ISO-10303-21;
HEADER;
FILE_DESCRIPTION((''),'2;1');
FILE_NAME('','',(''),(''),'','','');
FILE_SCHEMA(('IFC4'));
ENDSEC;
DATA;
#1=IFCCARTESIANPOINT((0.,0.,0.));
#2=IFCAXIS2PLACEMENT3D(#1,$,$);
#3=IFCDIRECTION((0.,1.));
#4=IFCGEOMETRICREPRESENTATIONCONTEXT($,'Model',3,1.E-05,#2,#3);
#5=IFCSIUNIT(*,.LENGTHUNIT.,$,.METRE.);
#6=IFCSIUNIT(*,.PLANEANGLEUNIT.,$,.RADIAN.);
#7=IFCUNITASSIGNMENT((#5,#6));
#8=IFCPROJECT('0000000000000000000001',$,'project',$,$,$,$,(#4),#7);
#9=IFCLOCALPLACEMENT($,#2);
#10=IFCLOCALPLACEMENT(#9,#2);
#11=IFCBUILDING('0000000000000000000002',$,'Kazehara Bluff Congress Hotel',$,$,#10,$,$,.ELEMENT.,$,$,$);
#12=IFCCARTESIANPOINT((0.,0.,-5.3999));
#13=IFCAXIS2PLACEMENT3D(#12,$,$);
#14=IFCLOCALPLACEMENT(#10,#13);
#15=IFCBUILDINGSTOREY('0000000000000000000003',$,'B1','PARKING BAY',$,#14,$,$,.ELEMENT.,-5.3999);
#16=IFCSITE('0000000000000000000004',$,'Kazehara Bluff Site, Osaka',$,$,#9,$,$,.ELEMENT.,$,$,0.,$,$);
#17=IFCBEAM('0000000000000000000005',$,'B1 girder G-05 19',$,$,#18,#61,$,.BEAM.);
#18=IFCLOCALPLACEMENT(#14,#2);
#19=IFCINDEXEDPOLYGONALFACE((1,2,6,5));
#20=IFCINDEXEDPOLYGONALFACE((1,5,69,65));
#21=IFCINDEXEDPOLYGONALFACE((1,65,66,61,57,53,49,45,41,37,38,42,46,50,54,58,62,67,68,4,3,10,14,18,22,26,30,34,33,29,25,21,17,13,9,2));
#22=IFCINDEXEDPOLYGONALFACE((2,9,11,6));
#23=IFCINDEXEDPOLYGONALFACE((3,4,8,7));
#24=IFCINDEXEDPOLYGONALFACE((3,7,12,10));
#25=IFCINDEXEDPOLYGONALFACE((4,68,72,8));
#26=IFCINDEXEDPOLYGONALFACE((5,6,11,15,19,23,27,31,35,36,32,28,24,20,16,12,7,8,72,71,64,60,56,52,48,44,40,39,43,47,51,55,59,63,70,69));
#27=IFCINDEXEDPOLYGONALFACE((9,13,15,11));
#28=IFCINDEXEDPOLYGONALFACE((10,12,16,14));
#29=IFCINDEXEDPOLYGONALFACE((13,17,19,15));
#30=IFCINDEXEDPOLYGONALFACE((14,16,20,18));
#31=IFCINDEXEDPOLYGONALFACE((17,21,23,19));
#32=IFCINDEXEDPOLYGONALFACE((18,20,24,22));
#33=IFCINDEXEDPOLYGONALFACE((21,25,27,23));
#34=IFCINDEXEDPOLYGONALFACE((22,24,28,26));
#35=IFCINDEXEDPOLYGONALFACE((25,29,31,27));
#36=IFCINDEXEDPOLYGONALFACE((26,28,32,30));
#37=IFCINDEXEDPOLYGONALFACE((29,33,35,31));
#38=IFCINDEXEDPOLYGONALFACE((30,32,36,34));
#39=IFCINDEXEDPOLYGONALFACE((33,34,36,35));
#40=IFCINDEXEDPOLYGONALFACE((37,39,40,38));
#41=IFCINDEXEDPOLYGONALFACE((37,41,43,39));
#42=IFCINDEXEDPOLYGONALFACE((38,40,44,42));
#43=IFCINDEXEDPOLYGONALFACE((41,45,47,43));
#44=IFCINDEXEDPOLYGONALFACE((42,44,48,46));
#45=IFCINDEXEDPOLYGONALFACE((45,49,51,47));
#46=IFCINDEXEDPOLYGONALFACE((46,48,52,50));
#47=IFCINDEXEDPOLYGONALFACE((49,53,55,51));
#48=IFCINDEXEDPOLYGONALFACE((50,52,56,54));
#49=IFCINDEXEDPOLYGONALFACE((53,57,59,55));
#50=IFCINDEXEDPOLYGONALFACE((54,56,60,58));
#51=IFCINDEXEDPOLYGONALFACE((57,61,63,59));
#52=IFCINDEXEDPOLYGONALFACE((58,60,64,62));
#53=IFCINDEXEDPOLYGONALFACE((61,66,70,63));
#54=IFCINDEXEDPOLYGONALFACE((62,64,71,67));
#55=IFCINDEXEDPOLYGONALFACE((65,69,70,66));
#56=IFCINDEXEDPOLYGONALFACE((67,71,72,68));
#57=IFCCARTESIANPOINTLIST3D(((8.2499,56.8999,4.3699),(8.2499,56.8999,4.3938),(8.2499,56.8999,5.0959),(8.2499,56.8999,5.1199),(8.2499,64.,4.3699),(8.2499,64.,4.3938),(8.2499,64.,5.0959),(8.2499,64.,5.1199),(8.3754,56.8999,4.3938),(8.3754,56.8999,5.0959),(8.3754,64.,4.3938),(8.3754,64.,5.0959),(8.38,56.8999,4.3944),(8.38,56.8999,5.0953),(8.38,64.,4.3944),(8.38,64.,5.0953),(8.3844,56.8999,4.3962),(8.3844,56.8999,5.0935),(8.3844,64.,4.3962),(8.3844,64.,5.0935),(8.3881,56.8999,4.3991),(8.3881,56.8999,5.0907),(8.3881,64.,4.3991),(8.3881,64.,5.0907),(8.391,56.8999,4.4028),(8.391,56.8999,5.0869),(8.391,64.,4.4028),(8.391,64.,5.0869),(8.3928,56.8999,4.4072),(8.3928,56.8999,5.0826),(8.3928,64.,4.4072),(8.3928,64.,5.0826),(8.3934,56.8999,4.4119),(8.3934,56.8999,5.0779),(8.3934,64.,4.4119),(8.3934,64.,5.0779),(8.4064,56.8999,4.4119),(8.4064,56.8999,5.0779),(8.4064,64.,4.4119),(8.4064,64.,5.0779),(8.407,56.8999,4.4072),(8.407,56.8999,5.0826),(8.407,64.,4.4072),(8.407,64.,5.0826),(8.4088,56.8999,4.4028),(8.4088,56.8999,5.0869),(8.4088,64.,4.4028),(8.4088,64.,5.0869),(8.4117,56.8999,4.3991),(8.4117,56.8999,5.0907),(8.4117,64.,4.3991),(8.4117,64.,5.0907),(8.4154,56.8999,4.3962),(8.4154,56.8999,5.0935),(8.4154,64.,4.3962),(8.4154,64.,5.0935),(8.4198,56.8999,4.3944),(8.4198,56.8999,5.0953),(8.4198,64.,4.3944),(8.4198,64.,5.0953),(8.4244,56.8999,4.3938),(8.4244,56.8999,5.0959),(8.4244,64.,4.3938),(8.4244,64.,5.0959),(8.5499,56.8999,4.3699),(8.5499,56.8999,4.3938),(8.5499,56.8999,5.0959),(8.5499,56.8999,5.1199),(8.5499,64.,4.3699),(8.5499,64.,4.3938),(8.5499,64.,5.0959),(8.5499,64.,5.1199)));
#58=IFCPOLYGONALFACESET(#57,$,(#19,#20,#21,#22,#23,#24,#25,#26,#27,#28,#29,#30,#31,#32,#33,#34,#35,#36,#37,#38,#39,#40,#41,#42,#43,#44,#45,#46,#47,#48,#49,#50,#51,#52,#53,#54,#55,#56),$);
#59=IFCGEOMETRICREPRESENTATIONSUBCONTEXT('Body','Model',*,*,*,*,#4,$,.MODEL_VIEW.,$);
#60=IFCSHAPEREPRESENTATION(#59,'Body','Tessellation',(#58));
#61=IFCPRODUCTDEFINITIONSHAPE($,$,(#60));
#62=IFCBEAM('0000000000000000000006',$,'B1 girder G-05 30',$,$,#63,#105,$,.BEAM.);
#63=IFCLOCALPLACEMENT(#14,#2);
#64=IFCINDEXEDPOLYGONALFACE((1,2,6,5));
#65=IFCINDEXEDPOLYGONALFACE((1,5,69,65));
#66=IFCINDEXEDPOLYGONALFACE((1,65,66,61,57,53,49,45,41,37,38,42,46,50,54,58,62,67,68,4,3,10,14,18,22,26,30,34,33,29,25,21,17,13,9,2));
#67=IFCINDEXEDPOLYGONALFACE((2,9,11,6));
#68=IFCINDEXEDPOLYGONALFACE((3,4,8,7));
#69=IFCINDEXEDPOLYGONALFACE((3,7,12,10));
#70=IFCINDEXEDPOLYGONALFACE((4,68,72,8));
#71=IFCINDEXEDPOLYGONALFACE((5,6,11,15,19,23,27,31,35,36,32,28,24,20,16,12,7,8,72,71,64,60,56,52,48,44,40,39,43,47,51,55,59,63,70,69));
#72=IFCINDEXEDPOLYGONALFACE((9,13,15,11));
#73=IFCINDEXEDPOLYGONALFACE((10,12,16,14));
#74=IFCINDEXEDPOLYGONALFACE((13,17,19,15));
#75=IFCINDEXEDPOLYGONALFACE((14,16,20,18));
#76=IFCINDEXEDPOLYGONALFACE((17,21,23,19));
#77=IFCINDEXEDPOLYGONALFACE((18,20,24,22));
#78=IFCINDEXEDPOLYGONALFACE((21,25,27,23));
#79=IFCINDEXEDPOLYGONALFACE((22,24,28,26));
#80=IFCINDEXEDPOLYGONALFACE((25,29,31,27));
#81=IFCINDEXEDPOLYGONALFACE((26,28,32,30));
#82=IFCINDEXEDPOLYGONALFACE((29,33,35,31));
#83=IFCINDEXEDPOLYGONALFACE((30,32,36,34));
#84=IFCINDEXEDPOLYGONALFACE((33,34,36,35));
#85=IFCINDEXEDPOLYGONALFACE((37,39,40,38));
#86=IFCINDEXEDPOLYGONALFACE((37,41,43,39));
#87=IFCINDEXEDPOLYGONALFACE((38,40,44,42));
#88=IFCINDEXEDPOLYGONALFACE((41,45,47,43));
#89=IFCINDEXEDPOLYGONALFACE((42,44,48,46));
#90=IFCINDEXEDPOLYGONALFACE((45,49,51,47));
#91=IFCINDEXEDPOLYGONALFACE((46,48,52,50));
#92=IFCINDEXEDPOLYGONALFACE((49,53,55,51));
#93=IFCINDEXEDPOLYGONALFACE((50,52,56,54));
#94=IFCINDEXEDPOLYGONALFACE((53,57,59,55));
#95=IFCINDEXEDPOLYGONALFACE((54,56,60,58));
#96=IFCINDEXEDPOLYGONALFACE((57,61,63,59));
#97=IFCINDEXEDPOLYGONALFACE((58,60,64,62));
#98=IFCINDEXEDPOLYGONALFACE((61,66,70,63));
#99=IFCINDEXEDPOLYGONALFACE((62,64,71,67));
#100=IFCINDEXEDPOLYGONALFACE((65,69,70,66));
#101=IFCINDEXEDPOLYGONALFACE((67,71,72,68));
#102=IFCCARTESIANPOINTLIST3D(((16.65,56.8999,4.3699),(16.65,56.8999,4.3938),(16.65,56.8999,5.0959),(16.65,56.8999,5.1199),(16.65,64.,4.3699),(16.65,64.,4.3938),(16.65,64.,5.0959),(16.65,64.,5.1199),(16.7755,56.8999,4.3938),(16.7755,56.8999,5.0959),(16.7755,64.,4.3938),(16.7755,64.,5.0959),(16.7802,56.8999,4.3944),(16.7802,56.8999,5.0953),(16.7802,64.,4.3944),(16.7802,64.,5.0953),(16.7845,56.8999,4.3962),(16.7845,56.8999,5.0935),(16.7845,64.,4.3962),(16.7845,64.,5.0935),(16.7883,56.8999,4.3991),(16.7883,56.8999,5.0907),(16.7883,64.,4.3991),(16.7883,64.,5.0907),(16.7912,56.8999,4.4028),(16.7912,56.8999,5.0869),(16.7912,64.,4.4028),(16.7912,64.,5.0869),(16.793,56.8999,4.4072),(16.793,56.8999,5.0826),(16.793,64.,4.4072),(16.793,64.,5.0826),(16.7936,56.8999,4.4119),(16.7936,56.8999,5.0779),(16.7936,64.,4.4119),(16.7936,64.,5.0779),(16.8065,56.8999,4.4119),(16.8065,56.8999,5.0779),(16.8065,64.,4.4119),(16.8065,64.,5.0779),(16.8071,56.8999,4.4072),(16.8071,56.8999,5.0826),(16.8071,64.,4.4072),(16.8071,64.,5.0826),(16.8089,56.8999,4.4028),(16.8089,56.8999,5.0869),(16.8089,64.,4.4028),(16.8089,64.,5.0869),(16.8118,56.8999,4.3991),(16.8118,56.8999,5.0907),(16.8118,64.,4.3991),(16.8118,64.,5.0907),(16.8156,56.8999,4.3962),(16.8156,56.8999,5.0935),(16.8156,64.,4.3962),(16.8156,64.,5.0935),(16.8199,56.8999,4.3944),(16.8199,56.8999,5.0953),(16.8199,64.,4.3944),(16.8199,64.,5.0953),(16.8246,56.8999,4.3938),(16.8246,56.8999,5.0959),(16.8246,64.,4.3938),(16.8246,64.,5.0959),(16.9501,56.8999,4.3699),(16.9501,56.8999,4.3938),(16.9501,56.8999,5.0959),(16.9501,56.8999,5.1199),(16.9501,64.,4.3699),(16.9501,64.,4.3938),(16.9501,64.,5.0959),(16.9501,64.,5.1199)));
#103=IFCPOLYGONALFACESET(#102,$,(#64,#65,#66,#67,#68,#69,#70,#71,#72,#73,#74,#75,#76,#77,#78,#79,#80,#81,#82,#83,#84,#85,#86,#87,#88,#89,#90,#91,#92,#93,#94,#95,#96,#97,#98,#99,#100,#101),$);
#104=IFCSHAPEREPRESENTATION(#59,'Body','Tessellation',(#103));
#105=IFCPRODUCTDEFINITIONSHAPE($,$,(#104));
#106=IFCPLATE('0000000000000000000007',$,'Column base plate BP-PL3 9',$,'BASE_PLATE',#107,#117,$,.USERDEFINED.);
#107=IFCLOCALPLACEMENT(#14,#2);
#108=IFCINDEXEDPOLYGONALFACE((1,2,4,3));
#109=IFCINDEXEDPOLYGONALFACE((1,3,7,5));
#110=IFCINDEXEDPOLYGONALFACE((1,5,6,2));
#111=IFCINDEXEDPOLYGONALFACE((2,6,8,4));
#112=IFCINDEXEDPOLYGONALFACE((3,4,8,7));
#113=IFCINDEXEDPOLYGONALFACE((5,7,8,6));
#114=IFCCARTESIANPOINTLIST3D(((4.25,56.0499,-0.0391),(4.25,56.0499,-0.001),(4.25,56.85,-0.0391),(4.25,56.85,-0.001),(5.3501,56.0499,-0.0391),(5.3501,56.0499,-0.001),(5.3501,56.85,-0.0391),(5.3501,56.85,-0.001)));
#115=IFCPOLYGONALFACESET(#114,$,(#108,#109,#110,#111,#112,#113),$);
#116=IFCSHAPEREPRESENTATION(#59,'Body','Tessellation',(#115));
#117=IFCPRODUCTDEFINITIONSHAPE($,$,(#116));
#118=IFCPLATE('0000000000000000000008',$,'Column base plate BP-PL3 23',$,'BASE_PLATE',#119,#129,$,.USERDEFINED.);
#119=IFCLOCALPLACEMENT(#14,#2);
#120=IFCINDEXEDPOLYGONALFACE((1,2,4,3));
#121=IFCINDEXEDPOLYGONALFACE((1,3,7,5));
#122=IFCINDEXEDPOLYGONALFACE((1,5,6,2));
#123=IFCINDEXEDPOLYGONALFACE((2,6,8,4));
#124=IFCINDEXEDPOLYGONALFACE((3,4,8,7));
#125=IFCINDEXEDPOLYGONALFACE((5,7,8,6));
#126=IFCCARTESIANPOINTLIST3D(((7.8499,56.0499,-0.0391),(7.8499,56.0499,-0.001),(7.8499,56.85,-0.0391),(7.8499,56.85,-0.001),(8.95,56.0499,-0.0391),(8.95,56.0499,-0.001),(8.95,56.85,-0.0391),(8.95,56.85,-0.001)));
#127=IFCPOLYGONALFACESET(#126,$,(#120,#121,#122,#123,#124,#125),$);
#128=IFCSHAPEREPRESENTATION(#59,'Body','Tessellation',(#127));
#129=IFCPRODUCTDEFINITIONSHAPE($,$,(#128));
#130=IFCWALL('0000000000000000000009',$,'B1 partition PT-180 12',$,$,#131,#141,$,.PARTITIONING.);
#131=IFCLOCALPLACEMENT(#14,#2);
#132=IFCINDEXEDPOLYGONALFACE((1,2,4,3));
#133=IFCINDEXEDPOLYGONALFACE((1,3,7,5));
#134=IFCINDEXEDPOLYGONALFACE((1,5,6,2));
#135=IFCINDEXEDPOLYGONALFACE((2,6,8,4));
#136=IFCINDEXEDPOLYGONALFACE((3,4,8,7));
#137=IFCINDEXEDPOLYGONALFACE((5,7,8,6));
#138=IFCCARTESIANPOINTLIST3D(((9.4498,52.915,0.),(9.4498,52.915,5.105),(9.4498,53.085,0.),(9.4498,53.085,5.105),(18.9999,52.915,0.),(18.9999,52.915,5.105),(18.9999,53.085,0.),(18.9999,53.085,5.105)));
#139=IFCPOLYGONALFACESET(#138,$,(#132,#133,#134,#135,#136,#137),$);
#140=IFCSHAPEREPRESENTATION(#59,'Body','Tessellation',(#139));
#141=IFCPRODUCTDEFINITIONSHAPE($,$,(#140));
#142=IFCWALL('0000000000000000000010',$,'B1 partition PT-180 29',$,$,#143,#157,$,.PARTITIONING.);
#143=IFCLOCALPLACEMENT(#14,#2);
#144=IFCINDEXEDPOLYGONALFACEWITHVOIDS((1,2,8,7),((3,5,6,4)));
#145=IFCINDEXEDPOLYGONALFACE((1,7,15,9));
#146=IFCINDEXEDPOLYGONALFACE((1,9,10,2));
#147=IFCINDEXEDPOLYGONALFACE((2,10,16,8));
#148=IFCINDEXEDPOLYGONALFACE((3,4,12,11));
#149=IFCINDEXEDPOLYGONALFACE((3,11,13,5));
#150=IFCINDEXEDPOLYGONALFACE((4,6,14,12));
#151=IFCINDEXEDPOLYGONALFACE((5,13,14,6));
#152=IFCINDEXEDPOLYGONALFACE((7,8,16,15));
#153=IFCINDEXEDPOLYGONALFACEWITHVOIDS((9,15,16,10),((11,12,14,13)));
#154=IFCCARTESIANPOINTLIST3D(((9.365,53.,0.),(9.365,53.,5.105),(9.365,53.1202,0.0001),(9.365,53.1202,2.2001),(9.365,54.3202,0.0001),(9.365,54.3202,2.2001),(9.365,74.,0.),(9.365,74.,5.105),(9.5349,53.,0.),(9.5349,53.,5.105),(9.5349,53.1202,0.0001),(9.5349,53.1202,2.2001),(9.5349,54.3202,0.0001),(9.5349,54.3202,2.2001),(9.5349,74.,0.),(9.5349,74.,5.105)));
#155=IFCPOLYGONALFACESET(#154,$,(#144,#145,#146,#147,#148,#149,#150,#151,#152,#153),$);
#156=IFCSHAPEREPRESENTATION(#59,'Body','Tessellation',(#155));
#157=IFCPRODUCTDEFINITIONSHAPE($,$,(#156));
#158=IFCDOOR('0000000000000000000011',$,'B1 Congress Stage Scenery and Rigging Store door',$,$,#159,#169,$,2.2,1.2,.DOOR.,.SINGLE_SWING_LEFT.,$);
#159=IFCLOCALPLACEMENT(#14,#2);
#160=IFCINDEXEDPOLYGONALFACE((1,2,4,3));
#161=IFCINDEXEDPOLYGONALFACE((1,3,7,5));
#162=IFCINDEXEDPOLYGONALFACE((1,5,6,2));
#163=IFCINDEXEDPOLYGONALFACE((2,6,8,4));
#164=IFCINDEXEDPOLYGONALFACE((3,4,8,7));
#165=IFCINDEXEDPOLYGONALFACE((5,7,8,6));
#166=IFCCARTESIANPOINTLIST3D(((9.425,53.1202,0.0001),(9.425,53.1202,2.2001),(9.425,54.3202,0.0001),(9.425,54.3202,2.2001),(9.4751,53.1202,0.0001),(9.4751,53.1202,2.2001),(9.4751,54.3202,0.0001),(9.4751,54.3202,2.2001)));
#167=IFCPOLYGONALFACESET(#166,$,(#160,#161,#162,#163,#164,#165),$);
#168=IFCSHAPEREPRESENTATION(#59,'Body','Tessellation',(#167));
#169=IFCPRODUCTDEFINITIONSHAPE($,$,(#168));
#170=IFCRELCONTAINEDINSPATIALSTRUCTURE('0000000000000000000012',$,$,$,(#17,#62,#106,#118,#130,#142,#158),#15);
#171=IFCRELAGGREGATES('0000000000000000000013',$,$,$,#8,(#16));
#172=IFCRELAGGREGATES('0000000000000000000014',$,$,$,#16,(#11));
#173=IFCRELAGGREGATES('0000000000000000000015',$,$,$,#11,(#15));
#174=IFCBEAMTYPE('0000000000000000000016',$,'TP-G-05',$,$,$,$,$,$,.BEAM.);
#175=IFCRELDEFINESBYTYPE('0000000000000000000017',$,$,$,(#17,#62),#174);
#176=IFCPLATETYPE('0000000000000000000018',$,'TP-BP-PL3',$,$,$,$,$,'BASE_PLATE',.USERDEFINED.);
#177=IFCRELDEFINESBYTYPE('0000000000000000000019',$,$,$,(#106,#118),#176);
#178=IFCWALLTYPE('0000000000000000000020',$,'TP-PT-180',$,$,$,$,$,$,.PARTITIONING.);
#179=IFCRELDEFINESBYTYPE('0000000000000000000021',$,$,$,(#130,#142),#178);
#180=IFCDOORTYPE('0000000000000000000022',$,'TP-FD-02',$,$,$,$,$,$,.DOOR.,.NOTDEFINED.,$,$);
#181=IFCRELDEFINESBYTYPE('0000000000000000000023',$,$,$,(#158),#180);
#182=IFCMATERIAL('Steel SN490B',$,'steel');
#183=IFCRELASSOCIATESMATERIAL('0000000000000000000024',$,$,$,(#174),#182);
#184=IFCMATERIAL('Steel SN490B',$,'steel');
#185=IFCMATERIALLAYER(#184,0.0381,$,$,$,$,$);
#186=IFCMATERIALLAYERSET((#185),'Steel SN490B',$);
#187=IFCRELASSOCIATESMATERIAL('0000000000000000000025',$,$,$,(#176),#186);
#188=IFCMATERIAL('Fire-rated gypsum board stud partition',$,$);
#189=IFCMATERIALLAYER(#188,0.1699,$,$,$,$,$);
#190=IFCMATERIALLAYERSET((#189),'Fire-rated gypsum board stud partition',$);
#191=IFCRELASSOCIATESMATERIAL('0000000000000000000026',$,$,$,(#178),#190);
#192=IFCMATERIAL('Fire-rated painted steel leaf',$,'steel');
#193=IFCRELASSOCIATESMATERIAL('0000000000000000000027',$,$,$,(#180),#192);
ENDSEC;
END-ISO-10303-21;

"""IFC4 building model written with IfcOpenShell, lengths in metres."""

from ifc_helpers import new_model, si_unit, direction, frame, frame_2d, origin, origin_2d, place, context, subcontext, project, spatial, rectangle, i_section, extrude, material, layer, layer_set, material_profile, profile_set, type_object, element, fill, save


model = new_model("IFC4")

# Units and contexts
model_context = context("Model", 3, precision=1e-05, world=origin(), true_north=direction((0.0, 1.0)))
body_context = subcontext(model_context, "Body", "Model", "MODEL_VIEW")
ifc_project = project(units=[si_unit("LENGTHUNIT", "METRE"), si_unit("PLANEANGLEUNIT", "RADIAN")], contexts=[model_context])

# Site, building, storey
site_placement = place(None, origin())
site = spatial("IfcSite", under=ifc_project, at=site_placement, Name="Kazehara Bluff Site, Osaka", CompositionType="ELEMENT", RefElevation=0.0)
building_placement = place(site_placement, origin())
building = spatial("IfcBuilding", under=site, at=building_placement, Name="Kazehara Bluff Congress Hotel", CompositionType="ELEMENT")
storey_placement = place(building_placement, frame((0.0, 0.0, -5.3999)))
storey = spatial("IfcBuildingStorey", under=building, at=storey_placement, Name="B1", Description="PARKING BAY", CompositionType="ELEMENT", Elevation=-5.3999)

# Beams
ifc_material_1 = material(Name="Steel SN490B", Category="steel")
ifc_material_profile_1 = material_profile(ifc_material_1, i_section(OverallWidth=0.3, OverallDepth=0.75, WebThickness=0.0129, FlangeThickness=0.0239, FilletRadius=0.0181, at=origin_2d()))
ifc_profile_set_1 = profile_set([ifc_material_profile_1], Name="Steel SN490B")
beam_type_1 = type_object("IfcBeamType", Name="TP-G-05", PredefinedType="BEAM", material=ifc_profile_set_1)
for number, where, z_axis, x_axis, name in (
    (1, (8.3999, 56.8999, 4.7449), (0.0, 1.0, 0.0), (-1.0, 0.0, 0.0), "B1 girder G-05 19"),
    (2, (16.8, 56.8999, 4.7449), (0.0, 1.0, 0.0), (-1.0, 0.0, 0.0), "B1 girder G-05 30"),
):
    element("IfcBeam", number, at=place(storey_placement, frame(where, z_axis=z_axis, x_axis=x_axis)), inside=storey, type_object=beam_type_1, Name=name, PredefinedType="BEAM", context=body_context, shape_type="SweptSolid", body=[
        extrude(i_section(OverallWidth=0.3, OverallDepth=0.75, WebThickness=0.0129, FlangeThickness=0.0239, FilletRadius=0.0181, at=origin_2d()), origin(), (0.0, 0.0, 1.0), 7.1001),
    ])

# Plates
ifc_material_2 = material(Name="Steel SN490B", Category="steel")
ifc_layer_1 = layer(ifc_material_2, 0.0381)
ifc_layer_set_1 = layer_set([ifc_layer_1], Name="Steel SN490B")
plate_type = type_object("IfcPlateType", Name="TP-BP-PL3", ElementType="BASE_PLATE", PredefinedType="USERDEFINED", material=ifc_layer_set_1)
for number, where, z_axis, x_axis, name in (
    (3, (4.8, 56.45, -0.0391), (0.0, 0.0, 1.0), (1.0, 0.0, 0.0), "Column base plate BP-PL3 9"),
    (4, (8.3999, 56.45, -0.0391), (0.0, 0.0, 1.0), (1.0, 0.0, 0.0), "Column base plate BP-PL3 23"),
):
    element("IfcPlate", number, at=place(storey_placement, frame(where, z_axis=z_axis, x_axis=x_axis)), inside=storey, type_object=plate_type, Name=name, ObjectType="BASE_PLATE", PredefinedType="USERDEFINED", context=body_context, shape_type="SweptSolid", body=[
        extrude(rectangle(XDim=1.1001, YDim=0.8, at=origin_2d()), origin(), (0.0, 0.0, 1.0), 0.0381),
    ])

# Wall
ifc_material_3 = material(Name="Fire-rated gypsum board stud partition")
ifc_layer_2 = layer(ifc_material_3, 0.1699)
ifc_layer_set_2 = layer_set([ifc_layer_2], Name="Fire-rated gypsum board stud partition")
wall_type = type_object("IfcWallType", Name="TP-PT-180", PredefinedType="PARTITIONING", material=ifc_layer_set_2)
wall_1_placement = place(storey_placement, frame((9.45, 53.0, 0.0), z_axis=(0.0, 0.0, 1.0), x_axis=(1.0, 0.0, 0.0)))
element("IfcWall", 5, at=wall_1_placement, inside=storey, type_object=wall_type, Name="B1 partition PT-180 12", PredefinedType="PARTITIONING", context=body_context, shape_type="SweptSolid", body=[
    extrude(rectangle(XDim=9.55, YDim=0.1699, at=frame_2d((4.7749, 0.0))), origin(), (0.0, 0.0, 1.0), 5.105),
])

# Wall, opening, door
wall_2_placement = place(storey_placement, frame((9.45, 53.0, 0.0), z_axis=(0.0, 0.0, 1.0), x_axis=(0.0, 1.0, 0.0)))
wall_2 = element("IfcWall", 6, at=wall_2_placement, inside=storey, type_object=wall_type, Name="B1 partition PT-180 29", PredefinedType="PARTITIONING", context=body_context, shape_type="SweptSolid", body=[
    extrude(rectangle(XDim=21.0, YDim=0.1699, at=frame_2d((10.5, 0.0))), origin(), (0.0, 0.0, 1.0), 5.105),
])
opening_placement = place(wall_2_placement, frame((0.1201, 0.0, 0.0)))
opening = element("IfcOpeningElement", 7, at=opening_placement, cuts=wall_2, PredefinedType="OPENING", context=body_context, shape_type="SweptSolid", body=[
    extrude(rectangle(XDim=1.2, YDim=2.2, at=frame_2d((0.6001, 1.1001))), frame((0.0, 0.095, 0.0), z_axis=(0.0, -1.0, 0.0), x_axis=(1.0, 0.0, 0.0)), (0.0, 0.0, 1.0), 0.1899),
])
ifc_material_4 = material(Name="Fire-rated painted steel leaf", Category="steel")
door_type = type_object("IfcDoorType", Name="TP-FD-02", OperationType="NOTDEFINED", PredefinedType="DOOR", material=ifc_material_4)
door_placement = place(opening_placement, origin())
door = element("IfcDoor", 8, at=door_placement, inside=storey, type_object=door_type, Name="B1 Congress Stage Scenery and Rigging Store door", OperationType="SINGLE_SWING_LEFT", OverallHeight=2.2, OverallWidth=1.2, PredefinedType="DOOR", context=body_context, shape_type="SweptSolid", body=[
    extrude(rectangle(XDim=1.2, YDim=2.2, at=frame_2d((0.6001, 1.1001))), frame((0.0, 0.0249, 0.0), z_axis=(0.0, -1.0, 0.0), x_axis=(1.0, 0.0, 0.0)), (0.0, 0.0, 1.0), 0.05),
])
fill(opening, door)

save(model, "model.ifc")
